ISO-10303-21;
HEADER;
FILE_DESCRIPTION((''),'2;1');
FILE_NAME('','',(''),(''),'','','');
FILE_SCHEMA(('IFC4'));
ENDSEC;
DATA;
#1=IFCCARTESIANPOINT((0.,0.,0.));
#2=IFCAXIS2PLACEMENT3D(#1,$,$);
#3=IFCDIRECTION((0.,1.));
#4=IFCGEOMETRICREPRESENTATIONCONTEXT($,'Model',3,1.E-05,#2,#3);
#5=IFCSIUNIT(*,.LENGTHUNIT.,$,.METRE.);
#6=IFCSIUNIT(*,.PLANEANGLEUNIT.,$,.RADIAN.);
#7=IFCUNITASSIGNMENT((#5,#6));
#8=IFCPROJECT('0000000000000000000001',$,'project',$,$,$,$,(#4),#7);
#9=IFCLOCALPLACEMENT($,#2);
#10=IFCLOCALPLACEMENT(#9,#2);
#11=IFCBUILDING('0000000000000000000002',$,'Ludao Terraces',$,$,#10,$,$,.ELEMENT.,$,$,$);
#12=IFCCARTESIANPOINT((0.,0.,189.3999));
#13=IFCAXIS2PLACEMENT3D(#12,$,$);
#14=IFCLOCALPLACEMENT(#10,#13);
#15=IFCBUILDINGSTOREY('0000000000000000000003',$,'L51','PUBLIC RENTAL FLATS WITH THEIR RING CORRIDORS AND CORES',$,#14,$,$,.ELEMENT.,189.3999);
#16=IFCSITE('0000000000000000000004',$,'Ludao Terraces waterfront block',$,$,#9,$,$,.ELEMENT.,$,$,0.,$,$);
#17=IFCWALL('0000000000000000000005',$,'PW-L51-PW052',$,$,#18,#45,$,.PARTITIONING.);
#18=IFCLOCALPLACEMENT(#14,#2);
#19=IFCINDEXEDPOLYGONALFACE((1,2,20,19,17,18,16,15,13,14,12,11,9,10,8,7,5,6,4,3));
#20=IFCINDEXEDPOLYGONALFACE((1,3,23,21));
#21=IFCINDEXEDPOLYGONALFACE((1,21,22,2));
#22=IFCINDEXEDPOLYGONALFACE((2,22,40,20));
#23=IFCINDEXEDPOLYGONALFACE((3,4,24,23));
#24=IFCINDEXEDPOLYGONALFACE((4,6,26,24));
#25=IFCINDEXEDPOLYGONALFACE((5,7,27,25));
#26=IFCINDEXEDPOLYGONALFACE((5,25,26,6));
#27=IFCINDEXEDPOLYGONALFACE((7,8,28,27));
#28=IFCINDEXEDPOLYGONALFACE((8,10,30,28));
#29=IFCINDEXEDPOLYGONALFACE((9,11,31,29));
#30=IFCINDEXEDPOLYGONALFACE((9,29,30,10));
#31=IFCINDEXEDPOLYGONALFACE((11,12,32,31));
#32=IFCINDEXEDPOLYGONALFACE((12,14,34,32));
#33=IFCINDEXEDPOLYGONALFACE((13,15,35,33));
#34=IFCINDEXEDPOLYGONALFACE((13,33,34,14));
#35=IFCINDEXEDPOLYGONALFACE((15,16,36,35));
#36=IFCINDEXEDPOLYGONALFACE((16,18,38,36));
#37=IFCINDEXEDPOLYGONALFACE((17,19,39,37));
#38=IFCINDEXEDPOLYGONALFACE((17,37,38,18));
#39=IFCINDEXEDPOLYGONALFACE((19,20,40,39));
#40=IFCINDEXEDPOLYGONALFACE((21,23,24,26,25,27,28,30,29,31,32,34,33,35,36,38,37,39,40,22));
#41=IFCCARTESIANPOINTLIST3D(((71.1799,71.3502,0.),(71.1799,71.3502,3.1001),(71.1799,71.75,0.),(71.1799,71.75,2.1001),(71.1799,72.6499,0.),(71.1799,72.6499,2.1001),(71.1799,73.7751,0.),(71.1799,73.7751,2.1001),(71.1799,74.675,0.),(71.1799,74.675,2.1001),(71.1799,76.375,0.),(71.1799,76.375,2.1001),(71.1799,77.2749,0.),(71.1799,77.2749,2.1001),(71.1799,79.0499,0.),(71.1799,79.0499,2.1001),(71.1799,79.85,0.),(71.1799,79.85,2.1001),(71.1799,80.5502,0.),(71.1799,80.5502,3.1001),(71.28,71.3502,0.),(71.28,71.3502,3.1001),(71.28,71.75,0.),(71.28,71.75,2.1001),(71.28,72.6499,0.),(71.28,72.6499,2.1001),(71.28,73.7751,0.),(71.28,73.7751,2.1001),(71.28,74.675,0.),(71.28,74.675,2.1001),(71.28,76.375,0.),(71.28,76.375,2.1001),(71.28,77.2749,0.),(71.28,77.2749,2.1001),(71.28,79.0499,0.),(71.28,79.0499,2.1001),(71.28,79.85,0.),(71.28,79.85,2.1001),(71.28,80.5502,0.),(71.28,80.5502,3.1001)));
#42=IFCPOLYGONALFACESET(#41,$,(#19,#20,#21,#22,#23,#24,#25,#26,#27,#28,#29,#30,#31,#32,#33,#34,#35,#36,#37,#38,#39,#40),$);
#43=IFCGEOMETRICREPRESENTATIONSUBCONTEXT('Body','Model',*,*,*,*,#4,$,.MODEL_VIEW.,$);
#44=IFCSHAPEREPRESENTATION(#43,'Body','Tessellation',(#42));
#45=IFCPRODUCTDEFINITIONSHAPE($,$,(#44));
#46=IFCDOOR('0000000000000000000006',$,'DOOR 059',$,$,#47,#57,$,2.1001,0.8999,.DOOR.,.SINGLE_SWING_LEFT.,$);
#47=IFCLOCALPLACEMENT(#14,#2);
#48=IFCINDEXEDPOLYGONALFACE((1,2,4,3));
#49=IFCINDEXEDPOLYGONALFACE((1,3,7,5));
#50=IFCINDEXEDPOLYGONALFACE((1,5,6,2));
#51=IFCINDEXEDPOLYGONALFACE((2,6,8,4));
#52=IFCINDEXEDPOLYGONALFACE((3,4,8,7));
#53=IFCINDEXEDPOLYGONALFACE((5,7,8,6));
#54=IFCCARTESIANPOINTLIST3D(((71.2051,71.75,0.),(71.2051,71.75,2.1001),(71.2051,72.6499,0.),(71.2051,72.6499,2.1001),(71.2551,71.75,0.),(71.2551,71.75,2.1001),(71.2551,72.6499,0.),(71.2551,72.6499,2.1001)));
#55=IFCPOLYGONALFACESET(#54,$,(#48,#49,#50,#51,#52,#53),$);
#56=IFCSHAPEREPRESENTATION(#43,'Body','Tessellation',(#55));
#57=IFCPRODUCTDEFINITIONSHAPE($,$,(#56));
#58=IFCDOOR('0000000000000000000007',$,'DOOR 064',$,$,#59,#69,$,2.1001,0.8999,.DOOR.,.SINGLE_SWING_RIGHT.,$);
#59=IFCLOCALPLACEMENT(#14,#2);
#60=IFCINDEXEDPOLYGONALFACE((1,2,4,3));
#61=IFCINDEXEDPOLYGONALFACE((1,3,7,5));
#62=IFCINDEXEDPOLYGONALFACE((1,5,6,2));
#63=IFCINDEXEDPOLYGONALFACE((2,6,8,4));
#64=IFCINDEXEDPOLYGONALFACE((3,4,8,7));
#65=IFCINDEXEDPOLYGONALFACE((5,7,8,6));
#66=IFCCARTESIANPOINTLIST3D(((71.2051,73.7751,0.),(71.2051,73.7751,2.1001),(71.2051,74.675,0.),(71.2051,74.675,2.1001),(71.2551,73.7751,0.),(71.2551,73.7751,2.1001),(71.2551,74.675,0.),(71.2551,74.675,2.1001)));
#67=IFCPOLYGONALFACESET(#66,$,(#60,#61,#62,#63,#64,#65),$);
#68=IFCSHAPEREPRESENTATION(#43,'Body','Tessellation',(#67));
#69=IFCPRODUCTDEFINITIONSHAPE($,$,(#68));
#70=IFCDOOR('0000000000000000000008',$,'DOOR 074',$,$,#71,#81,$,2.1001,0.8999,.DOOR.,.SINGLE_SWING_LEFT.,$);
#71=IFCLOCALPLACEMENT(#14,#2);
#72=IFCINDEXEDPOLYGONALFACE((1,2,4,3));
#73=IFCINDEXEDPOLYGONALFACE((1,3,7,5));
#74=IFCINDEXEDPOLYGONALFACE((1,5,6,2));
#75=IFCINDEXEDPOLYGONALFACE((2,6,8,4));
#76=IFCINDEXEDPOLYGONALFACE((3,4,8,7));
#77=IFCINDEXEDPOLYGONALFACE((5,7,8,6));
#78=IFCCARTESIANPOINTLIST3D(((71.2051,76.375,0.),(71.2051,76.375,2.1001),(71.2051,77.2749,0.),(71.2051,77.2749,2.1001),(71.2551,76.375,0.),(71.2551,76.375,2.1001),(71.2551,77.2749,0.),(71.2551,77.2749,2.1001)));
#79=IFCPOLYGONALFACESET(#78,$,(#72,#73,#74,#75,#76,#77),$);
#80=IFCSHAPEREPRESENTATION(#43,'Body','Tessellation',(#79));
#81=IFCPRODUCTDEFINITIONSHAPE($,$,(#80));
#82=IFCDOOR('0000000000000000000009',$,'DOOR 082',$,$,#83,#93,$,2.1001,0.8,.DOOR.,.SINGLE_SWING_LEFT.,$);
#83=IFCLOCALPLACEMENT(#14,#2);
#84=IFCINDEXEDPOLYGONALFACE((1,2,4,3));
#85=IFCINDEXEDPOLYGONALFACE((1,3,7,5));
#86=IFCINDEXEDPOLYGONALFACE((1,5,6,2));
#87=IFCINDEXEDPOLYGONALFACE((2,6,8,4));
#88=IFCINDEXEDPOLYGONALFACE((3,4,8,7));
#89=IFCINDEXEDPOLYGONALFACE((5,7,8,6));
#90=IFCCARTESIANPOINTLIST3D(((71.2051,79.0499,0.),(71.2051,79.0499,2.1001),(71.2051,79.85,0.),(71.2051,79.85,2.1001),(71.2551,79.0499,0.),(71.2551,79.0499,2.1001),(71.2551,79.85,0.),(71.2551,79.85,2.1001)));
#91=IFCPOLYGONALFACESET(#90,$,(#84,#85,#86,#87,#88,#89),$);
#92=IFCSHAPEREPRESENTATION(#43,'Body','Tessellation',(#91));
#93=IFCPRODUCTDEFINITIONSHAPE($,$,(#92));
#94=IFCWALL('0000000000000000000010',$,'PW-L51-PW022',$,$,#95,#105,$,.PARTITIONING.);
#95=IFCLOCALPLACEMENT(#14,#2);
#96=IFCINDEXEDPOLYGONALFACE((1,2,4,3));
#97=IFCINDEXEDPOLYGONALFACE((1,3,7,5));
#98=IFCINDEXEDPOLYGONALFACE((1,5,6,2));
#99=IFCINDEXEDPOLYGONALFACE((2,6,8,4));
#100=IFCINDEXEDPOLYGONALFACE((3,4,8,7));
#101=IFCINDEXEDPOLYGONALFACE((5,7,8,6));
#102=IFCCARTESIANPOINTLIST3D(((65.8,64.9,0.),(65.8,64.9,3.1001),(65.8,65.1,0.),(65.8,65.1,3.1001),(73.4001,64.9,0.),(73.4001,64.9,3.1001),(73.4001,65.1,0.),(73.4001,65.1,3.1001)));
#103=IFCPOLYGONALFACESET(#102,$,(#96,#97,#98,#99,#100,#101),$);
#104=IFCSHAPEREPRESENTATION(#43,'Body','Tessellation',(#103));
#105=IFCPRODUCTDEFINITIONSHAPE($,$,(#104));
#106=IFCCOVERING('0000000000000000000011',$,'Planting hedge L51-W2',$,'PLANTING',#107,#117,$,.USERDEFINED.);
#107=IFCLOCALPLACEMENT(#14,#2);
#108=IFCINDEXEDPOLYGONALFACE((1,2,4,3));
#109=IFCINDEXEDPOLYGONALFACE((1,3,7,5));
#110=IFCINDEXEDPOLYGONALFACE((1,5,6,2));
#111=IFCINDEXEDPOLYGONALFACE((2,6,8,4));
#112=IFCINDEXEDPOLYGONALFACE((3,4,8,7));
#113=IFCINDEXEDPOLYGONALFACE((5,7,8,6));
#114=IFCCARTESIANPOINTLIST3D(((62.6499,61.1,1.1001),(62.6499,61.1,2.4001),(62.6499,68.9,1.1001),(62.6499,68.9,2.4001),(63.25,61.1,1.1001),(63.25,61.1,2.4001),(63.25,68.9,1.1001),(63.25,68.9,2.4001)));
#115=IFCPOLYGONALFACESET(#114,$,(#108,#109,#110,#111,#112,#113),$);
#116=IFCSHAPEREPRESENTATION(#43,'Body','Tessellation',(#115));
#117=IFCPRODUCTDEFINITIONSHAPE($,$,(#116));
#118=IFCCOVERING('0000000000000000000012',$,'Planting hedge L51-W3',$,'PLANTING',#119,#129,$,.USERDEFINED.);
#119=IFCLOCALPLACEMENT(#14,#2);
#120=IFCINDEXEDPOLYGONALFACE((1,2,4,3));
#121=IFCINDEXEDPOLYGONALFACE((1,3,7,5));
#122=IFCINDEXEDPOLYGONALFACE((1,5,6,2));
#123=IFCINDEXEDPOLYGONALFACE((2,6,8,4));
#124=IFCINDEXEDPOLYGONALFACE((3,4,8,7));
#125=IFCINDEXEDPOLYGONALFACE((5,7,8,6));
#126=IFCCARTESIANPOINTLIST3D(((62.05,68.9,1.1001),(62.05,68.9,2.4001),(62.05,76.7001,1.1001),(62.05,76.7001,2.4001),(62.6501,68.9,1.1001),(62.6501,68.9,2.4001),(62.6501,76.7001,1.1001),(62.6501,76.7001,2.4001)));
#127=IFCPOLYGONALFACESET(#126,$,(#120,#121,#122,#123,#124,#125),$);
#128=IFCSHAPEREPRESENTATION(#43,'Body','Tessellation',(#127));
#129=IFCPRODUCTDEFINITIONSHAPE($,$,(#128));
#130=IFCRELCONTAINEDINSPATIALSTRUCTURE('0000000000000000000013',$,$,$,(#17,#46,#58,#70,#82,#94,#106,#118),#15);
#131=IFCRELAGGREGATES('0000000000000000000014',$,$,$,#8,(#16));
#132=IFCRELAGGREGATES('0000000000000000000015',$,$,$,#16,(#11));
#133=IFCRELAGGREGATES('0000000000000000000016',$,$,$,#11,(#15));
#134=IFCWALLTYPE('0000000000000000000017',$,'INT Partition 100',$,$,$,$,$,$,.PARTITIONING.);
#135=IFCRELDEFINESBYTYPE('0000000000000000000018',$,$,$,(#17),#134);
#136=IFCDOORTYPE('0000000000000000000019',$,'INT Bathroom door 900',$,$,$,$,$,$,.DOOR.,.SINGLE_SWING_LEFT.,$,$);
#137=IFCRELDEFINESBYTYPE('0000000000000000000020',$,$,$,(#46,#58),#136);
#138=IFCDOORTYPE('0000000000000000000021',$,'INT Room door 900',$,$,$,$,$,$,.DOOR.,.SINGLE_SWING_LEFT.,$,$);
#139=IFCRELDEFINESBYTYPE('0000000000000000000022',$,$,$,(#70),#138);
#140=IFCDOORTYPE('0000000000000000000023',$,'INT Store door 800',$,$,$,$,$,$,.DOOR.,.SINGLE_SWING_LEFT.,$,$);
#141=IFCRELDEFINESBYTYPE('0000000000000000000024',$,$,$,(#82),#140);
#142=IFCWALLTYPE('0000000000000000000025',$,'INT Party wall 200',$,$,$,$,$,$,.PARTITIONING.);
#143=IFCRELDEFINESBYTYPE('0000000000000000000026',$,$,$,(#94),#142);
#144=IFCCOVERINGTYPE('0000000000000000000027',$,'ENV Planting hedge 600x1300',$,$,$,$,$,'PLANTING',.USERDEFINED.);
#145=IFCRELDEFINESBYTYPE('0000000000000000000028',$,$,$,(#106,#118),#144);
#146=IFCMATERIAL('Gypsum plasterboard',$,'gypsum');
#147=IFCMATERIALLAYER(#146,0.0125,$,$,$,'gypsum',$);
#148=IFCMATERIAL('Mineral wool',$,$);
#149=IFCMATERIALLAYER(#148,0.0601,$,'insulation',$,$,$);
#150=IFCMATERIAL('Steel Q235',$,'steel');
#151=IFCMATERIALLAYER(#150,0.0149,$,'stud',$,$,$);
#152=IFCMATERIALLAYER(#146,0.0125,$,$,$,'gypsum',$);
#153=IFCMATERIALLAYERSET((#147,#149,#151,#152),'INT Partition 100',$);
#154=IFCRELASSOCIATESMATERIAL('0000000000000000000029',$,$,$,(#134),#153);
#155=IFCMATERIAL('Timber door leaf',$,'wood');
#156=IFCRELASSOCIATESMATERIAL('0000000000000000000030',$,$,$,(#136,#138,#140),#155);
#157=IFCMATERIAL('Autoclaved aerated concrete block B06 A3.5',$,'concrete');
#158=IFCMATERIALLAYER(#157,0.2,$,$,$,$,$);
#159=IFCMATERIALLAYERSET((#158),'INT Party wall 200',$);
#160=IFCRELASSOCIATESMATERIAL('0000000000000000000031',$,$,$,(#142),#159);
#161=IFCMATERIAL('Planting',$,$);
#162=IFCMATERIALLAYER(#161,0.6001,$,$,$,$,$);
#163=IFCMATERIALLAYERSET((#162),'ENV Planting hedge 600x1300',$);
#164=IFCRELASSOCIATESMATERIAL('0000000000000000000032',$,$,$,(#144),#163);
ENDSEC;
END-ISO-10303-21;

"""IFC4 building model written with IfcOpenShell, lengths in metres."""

from ifc_helpers import new_model, si_unit, direction, frame, frame_2d, origin, origin_2d, place, context, subcontext, project, spatial, rectangle, extrude, material, layer, layer_set, type_object, element, fill, save


model = new_model("IFC4")

# Units and contexts
model_context = context("Model", 3, precision=1e-05, world=origin(), true_north=direction((0.0, 1.0)))
body_context = subcontext(model_context, "Body", "Model", "MODEL_VIEW")
ifc_project = project(units=[si_unit("LENGTHUNIT", "METRE"), si_unit("PLANEANGLEUNIT", "RADIAN")], contexts=[model_context])

# Site, building, storey
site_placement = place(None, origin())
site = spatial("IfcSite", under=ifc_project, at=site_placement, Name="Ludao Terraces waterfront block", CompositionType="ELEMENT", RefElevation=0.0)
building_placement = place(site_placement, origin())
building = spatial("IfcBuilding", under=site, at=building_placement, Name="Ludao Terraces", CompositionType="ELEMENT")
storey_placement = place(building_placement, frame((0.0, 0.0, 189.3999)))
storey = spatial("IfcBuildingStorey", under=building, at=storey_placement, Name="L51", Description="PUBLIC RENTAL FLATS WITH THEIR RING CORRIDORS AND CORES", CompositionType="ELEMENT", Elevation=189.3999)

# Shared definitions
ifc_material_1 = material(Name="Mineral wool")

# Shared definitions
ifc_material_2 = material(Name="Gypsum plasterboard", Category="gypsum")
ifc_layer_1 = layer(ifc_material_2, 0.0125, Category="gypsum")
ifc_layer_2 = layer(ifc_material_1, 0.0601, Name="insulation")
ifc_material_3 = material(Name="Steel Q235", Category="steel")
ifc_layer_3 = layer(ifc_material_3, 0.0149, Name="stud")
ifc_layer_4 = layer(ifc_material_2, 0.0125, Category="gypsum")
ifc_layer_set_1 = layer_set([ifc_layer_1, ifc_layer_2, ifc_layer_3, ifc_layer_4], Name="INT Partition 100")
wall_type_1 = type_object("IfcWallType", Name="INT Partition 100", PredefinedType="PARTITIONING", material=ifc_layer_set_1)

# Wall, openings, doors
wall_1_placement = place(storey_placement, frame((71.23, 71.3501, 0.0), z_axis=(0.0, 0.0, 1.0), x_axis=(0.0, 1.0, 0.0)))
wall_1 = element("IfcWall", 1, at=wall_1_placement, inside=storey, type_object=wall_type_1, Name="PW-L51-PW052", PredefinedType="PARTITIONING", context=body_context, shape_type="SweptSolid", body=[
    extrude(rectangle(XDim=9.2, YDim=0.1001, at=frame_2d((4.6001, 0.0))), origin(), (0.0, 0.0, 1.0), 3.1001),
])
opening_1_placement = place(wall_1_placement, frame((0.3999, 0.0, 0.0)))
opening_1 = element("IfcOpeningElement", 2, at=opening_1_placement, cuts=wall_1, PredefinedType="OPENING", context=body_context, shape_type="SweptSolid", body=[
    extrude(rectangle(XDim=0.8999, YDim=2.1001, at=frame_2d((0.45, 1.05))), frame((0.0, 0.0601, 0.0), z_axis=(0.0, -1.0, 0.0), x_axis=(1.0, 0.0, 0.0)), (0.0, 0.0, 1.0), 0.1201),
])
opening_2_placement = place(wall_1_placement, frame((2.425, 0.0, 0.0)))
opening_2 = element("IfcOpeningElement", 3, at=opening_2_placement, cuts=wall_1, PredefinedType="OPENING", context=body_context, shape_type="SweptSolid", body=[
    extrude(rectangle(XDim=0.8999, YDim=2.1001, at=frame_2d((0.45, 1.05))), frame((0.0, 0.0601, 0.0), z_axis=(0.0, -1.0, 0.0), x_axis=(1.0, 0.0, 0.0)), (0.0, 0.0, 1.0), 0.1201),
])
opening_3_placement = place(wall_1_placement, frame((5.0249, 0.0, 0.0)))
opening_3 = element("IfcOpeningElement", 4, at=opening_3_placement, cuts=wall_1, PredefinedType="OPENING", context=body_context, shape_type="SweptSolid", body=[
    extrude(rectangle(XDim=0.8999, YDim=2.1001, at=frame_2d((0.45, 1.05))), frame((0.0, 0.0601, 0.0), z_axis=(0.0, -1.0, 0.0), x_axis=(1.0, 0.0, 0.0)), (0.0, 0.0, 1.0), 0.1201),
])
opening_4_placement = place(wall_1_placement, frame((7.7, 0.0, 0.0)))
opening_4 = element("IfcOpeningElement", 5, at=opening_4_placement, cuts=wall_1, PredefinedType="OPENING", context=body_context, shape_type="SweptSolid", body=[
    extrude(rectangle(XDim=0.8, YDim=2.1001, at=frame_2d((0.3999, 1.05))), frame((0.0, 0.0601, 0.0), z_axis=(0.0, -1.0, 0.0), x_axis=(1.0, 0.0, 0.0)), (0.0, 0.0, 1.0), 0.1201),
])
ifc_material_4 = material(Name="Timber door leaf", Category="wood")
door_type_1 = type_object("IfcDoorType", Name="INT Bathroom door 900", OperationType="SINGLE_SWING_LEFT", PredefinedType="DOOR", material=ifc_material_4)
door_1_placement = place(opening_1_placement, origin())
door_1 = element("IfcDoor", 6, at=door_1_placement, inside=storey, type_object=door_type_1, Name="DOOR 059", OperationType="SINGLE_SWING_LEFT", OverallHeight=2.1001, OverallWidth=0.8999, PredefinedType="DOOR", context=body_context, shape_type="SweptSolid", body=[
    extrude(rectangle(XDim=0.8999, YDim=2.1001, at=frame_2d((0.45, 1.05))), frame((0.0, 0.0249, 0.0), z_axis=(0.0, -1.0, 0.0), x_axis=(1.0, 0.0, 0.0)), (0.0, 0.0, 1.0), 0.05),
])
fill(opening_1, door_1)
door_2_placement = place(opening_2_placement, origin())
door_2 = element("IfcDoor", 7, at=door_2_placement, inside=storey, type_object=door_type_1, Name="DOOR 064", OperationType="SINGLE_SWING_RIGHT", OverallHeight=2.1001, OverallWidth=0.8999, PredefinedType="DOOR", context=body_context, shape_type="SweptSolid", body=[
    extrude(rectangle(XDim=0.8999, YDim=2.1001, at=frame_2d((0.45, 1.05))), frame((0.0, 0.0249, 0.0), z_axis=(0.0, -1.0, 0.0), x_axis=(1.0, 0.0, 0.0)), (0.0, 0.0, 1.0), 0.05),
])
fill(opening_2, door_2)
door_type_2 = type_object("IfcDoorType", Name="INT Room door 900", OperationType="SINGLE_SWING_LEFT", PredefinedType="DOOR", material=ifc_material_4)
door_3_placement = place(opening_3_placement, origin())
door_3 = element("IfcDoor", 8, at=door_3_placement, inside=storey, type_object=door_type_2, Name="DOOR 074", OperationType="SINGLE_SWING_LEFT", OverallHeight=2.1001, OverallWidth=0.8999, PredefinedType="DOOR", context=body_context, shape_type="SweptSolid", body=[
    extrude(rectangle(XDim=0.8999, YDim=2.1001, at=frame_2d((0.45, 1.05))), frame((0.0, 0.0249, 0.0), z_axis=(0.0, -1.0, 0.0), x_axis=(1.0, 0.0, 0.0)), (0.0, 0.0, 1.0), 0.05),
])
fill(opening_3, door_3)
door_type_3 = type_object("IfcDoorType", Name="INT Store door 800", OperationType="SINGLE_SWING_LEFT", PredefinedType="DOOR", material=ifc_material_4)
door_4_placement = place(opening_4_placement, origin())
door_4 = element("IfcDoor", 9, at=door_4_placement, inside=storey, type_object=door_type_3, Name="DOOR 082", OperationType="SINGLE_SWING_LEFT", OverallHeight=2.1001, OverallWidth=0.8, PredefinedType="DOOR", context=body_context, shape_type="SweptSolid", body=[
    extrude(rectangle(XDim=0.8, YDim=2.1001, at=frame_2d((0.3999, 1.05))), frame((0.0, 0.0249, 0.0), z_axis=(0.0, -1.0, 0.0), x_axis=(1.0, 0.0, 0.0)), (0.0, 0.0, 1.0), 0.05),
])
fill(opening_4, door_4)

# Wall
ifc_material_5 = material(Name="Autoclaved aerated concrete block B06 A3.5", Category="concrete")
ifc_layer_5 = layer(ifc_material_5, 0.2)
ifc_layer_set_2 = layer_set([ifc_layer_5], Name="INT Party wall 200")
wall_type_2 = type_object("IfcWallType", Name="INT Party wall 200", PredefinedType="PARTITIONING", material=ifc_layer_set_2)
wall_2_placement = place(storey_placement, frame((65.8, 65.0, 0.0), z_axis=(0.0, 0.0, 1.0), x_axis=(1.0, 0.0, 0.0)))
element("IfcWall", 10, at=wall_2_placement, inside=storey, type_object=wall_type_2, Name="PW-L51-PW022", PredefinedType="PARTITIONING", context=body_context, shape_type="SweptSolid", body=[
    extrude(rectangle(XDim=7.6001, YDim=0.2, at=frame_2d((3.8, 0.0))), origin(), (0.0, 0.0, 1.0), 3.1001),
])

# Coverings
ifc_material_6 = material(Name="Planting")
ifc_layer_6 = layer(ifc_material_6, 0.6001)
ifc_layer_set_3 = layer_set([ifc_layer_6], Name="ENV Planting hedge 600x1300")
covering_type = type_object("IfcCoveringType", Name="ENV Planting hedge 600x1300", ElementType="PLANTING", PredefinedType="USERDEFINED", material=ifc_layer_set_3)
for number, where, z_axis, x_axis, name in (
    (11, (62.95, 65.0, 1.1001), (0.0, 0.0, 1.0), (1.0, 0.0, 0.0), "Planting hedge L51-W2"),
    (12, (62.3501, 72.8, 1.1001), (0.0, 0.0, 1.0), (1.0, 0.0, 0.0), "Planting hedge L51-W3"),
):
    element("IfcCovering", number, at=place(storey_placement, frame(where, z_axis=z_axis, x_axis=x_axis)), inside=storey, type_object=covering_type, Name=name, ObjectType="PLANTING", PredefinedType="USERDEFINED", context=body_context, shape_type="SweptSolid", body=[
        extrude(rectangle(XDim=0.6001, YDim=7.8, at=origin_2d()), origin(), (0.0, 0.0, 1.0), 1.3),
    ])

save(model, "model.ifc")
